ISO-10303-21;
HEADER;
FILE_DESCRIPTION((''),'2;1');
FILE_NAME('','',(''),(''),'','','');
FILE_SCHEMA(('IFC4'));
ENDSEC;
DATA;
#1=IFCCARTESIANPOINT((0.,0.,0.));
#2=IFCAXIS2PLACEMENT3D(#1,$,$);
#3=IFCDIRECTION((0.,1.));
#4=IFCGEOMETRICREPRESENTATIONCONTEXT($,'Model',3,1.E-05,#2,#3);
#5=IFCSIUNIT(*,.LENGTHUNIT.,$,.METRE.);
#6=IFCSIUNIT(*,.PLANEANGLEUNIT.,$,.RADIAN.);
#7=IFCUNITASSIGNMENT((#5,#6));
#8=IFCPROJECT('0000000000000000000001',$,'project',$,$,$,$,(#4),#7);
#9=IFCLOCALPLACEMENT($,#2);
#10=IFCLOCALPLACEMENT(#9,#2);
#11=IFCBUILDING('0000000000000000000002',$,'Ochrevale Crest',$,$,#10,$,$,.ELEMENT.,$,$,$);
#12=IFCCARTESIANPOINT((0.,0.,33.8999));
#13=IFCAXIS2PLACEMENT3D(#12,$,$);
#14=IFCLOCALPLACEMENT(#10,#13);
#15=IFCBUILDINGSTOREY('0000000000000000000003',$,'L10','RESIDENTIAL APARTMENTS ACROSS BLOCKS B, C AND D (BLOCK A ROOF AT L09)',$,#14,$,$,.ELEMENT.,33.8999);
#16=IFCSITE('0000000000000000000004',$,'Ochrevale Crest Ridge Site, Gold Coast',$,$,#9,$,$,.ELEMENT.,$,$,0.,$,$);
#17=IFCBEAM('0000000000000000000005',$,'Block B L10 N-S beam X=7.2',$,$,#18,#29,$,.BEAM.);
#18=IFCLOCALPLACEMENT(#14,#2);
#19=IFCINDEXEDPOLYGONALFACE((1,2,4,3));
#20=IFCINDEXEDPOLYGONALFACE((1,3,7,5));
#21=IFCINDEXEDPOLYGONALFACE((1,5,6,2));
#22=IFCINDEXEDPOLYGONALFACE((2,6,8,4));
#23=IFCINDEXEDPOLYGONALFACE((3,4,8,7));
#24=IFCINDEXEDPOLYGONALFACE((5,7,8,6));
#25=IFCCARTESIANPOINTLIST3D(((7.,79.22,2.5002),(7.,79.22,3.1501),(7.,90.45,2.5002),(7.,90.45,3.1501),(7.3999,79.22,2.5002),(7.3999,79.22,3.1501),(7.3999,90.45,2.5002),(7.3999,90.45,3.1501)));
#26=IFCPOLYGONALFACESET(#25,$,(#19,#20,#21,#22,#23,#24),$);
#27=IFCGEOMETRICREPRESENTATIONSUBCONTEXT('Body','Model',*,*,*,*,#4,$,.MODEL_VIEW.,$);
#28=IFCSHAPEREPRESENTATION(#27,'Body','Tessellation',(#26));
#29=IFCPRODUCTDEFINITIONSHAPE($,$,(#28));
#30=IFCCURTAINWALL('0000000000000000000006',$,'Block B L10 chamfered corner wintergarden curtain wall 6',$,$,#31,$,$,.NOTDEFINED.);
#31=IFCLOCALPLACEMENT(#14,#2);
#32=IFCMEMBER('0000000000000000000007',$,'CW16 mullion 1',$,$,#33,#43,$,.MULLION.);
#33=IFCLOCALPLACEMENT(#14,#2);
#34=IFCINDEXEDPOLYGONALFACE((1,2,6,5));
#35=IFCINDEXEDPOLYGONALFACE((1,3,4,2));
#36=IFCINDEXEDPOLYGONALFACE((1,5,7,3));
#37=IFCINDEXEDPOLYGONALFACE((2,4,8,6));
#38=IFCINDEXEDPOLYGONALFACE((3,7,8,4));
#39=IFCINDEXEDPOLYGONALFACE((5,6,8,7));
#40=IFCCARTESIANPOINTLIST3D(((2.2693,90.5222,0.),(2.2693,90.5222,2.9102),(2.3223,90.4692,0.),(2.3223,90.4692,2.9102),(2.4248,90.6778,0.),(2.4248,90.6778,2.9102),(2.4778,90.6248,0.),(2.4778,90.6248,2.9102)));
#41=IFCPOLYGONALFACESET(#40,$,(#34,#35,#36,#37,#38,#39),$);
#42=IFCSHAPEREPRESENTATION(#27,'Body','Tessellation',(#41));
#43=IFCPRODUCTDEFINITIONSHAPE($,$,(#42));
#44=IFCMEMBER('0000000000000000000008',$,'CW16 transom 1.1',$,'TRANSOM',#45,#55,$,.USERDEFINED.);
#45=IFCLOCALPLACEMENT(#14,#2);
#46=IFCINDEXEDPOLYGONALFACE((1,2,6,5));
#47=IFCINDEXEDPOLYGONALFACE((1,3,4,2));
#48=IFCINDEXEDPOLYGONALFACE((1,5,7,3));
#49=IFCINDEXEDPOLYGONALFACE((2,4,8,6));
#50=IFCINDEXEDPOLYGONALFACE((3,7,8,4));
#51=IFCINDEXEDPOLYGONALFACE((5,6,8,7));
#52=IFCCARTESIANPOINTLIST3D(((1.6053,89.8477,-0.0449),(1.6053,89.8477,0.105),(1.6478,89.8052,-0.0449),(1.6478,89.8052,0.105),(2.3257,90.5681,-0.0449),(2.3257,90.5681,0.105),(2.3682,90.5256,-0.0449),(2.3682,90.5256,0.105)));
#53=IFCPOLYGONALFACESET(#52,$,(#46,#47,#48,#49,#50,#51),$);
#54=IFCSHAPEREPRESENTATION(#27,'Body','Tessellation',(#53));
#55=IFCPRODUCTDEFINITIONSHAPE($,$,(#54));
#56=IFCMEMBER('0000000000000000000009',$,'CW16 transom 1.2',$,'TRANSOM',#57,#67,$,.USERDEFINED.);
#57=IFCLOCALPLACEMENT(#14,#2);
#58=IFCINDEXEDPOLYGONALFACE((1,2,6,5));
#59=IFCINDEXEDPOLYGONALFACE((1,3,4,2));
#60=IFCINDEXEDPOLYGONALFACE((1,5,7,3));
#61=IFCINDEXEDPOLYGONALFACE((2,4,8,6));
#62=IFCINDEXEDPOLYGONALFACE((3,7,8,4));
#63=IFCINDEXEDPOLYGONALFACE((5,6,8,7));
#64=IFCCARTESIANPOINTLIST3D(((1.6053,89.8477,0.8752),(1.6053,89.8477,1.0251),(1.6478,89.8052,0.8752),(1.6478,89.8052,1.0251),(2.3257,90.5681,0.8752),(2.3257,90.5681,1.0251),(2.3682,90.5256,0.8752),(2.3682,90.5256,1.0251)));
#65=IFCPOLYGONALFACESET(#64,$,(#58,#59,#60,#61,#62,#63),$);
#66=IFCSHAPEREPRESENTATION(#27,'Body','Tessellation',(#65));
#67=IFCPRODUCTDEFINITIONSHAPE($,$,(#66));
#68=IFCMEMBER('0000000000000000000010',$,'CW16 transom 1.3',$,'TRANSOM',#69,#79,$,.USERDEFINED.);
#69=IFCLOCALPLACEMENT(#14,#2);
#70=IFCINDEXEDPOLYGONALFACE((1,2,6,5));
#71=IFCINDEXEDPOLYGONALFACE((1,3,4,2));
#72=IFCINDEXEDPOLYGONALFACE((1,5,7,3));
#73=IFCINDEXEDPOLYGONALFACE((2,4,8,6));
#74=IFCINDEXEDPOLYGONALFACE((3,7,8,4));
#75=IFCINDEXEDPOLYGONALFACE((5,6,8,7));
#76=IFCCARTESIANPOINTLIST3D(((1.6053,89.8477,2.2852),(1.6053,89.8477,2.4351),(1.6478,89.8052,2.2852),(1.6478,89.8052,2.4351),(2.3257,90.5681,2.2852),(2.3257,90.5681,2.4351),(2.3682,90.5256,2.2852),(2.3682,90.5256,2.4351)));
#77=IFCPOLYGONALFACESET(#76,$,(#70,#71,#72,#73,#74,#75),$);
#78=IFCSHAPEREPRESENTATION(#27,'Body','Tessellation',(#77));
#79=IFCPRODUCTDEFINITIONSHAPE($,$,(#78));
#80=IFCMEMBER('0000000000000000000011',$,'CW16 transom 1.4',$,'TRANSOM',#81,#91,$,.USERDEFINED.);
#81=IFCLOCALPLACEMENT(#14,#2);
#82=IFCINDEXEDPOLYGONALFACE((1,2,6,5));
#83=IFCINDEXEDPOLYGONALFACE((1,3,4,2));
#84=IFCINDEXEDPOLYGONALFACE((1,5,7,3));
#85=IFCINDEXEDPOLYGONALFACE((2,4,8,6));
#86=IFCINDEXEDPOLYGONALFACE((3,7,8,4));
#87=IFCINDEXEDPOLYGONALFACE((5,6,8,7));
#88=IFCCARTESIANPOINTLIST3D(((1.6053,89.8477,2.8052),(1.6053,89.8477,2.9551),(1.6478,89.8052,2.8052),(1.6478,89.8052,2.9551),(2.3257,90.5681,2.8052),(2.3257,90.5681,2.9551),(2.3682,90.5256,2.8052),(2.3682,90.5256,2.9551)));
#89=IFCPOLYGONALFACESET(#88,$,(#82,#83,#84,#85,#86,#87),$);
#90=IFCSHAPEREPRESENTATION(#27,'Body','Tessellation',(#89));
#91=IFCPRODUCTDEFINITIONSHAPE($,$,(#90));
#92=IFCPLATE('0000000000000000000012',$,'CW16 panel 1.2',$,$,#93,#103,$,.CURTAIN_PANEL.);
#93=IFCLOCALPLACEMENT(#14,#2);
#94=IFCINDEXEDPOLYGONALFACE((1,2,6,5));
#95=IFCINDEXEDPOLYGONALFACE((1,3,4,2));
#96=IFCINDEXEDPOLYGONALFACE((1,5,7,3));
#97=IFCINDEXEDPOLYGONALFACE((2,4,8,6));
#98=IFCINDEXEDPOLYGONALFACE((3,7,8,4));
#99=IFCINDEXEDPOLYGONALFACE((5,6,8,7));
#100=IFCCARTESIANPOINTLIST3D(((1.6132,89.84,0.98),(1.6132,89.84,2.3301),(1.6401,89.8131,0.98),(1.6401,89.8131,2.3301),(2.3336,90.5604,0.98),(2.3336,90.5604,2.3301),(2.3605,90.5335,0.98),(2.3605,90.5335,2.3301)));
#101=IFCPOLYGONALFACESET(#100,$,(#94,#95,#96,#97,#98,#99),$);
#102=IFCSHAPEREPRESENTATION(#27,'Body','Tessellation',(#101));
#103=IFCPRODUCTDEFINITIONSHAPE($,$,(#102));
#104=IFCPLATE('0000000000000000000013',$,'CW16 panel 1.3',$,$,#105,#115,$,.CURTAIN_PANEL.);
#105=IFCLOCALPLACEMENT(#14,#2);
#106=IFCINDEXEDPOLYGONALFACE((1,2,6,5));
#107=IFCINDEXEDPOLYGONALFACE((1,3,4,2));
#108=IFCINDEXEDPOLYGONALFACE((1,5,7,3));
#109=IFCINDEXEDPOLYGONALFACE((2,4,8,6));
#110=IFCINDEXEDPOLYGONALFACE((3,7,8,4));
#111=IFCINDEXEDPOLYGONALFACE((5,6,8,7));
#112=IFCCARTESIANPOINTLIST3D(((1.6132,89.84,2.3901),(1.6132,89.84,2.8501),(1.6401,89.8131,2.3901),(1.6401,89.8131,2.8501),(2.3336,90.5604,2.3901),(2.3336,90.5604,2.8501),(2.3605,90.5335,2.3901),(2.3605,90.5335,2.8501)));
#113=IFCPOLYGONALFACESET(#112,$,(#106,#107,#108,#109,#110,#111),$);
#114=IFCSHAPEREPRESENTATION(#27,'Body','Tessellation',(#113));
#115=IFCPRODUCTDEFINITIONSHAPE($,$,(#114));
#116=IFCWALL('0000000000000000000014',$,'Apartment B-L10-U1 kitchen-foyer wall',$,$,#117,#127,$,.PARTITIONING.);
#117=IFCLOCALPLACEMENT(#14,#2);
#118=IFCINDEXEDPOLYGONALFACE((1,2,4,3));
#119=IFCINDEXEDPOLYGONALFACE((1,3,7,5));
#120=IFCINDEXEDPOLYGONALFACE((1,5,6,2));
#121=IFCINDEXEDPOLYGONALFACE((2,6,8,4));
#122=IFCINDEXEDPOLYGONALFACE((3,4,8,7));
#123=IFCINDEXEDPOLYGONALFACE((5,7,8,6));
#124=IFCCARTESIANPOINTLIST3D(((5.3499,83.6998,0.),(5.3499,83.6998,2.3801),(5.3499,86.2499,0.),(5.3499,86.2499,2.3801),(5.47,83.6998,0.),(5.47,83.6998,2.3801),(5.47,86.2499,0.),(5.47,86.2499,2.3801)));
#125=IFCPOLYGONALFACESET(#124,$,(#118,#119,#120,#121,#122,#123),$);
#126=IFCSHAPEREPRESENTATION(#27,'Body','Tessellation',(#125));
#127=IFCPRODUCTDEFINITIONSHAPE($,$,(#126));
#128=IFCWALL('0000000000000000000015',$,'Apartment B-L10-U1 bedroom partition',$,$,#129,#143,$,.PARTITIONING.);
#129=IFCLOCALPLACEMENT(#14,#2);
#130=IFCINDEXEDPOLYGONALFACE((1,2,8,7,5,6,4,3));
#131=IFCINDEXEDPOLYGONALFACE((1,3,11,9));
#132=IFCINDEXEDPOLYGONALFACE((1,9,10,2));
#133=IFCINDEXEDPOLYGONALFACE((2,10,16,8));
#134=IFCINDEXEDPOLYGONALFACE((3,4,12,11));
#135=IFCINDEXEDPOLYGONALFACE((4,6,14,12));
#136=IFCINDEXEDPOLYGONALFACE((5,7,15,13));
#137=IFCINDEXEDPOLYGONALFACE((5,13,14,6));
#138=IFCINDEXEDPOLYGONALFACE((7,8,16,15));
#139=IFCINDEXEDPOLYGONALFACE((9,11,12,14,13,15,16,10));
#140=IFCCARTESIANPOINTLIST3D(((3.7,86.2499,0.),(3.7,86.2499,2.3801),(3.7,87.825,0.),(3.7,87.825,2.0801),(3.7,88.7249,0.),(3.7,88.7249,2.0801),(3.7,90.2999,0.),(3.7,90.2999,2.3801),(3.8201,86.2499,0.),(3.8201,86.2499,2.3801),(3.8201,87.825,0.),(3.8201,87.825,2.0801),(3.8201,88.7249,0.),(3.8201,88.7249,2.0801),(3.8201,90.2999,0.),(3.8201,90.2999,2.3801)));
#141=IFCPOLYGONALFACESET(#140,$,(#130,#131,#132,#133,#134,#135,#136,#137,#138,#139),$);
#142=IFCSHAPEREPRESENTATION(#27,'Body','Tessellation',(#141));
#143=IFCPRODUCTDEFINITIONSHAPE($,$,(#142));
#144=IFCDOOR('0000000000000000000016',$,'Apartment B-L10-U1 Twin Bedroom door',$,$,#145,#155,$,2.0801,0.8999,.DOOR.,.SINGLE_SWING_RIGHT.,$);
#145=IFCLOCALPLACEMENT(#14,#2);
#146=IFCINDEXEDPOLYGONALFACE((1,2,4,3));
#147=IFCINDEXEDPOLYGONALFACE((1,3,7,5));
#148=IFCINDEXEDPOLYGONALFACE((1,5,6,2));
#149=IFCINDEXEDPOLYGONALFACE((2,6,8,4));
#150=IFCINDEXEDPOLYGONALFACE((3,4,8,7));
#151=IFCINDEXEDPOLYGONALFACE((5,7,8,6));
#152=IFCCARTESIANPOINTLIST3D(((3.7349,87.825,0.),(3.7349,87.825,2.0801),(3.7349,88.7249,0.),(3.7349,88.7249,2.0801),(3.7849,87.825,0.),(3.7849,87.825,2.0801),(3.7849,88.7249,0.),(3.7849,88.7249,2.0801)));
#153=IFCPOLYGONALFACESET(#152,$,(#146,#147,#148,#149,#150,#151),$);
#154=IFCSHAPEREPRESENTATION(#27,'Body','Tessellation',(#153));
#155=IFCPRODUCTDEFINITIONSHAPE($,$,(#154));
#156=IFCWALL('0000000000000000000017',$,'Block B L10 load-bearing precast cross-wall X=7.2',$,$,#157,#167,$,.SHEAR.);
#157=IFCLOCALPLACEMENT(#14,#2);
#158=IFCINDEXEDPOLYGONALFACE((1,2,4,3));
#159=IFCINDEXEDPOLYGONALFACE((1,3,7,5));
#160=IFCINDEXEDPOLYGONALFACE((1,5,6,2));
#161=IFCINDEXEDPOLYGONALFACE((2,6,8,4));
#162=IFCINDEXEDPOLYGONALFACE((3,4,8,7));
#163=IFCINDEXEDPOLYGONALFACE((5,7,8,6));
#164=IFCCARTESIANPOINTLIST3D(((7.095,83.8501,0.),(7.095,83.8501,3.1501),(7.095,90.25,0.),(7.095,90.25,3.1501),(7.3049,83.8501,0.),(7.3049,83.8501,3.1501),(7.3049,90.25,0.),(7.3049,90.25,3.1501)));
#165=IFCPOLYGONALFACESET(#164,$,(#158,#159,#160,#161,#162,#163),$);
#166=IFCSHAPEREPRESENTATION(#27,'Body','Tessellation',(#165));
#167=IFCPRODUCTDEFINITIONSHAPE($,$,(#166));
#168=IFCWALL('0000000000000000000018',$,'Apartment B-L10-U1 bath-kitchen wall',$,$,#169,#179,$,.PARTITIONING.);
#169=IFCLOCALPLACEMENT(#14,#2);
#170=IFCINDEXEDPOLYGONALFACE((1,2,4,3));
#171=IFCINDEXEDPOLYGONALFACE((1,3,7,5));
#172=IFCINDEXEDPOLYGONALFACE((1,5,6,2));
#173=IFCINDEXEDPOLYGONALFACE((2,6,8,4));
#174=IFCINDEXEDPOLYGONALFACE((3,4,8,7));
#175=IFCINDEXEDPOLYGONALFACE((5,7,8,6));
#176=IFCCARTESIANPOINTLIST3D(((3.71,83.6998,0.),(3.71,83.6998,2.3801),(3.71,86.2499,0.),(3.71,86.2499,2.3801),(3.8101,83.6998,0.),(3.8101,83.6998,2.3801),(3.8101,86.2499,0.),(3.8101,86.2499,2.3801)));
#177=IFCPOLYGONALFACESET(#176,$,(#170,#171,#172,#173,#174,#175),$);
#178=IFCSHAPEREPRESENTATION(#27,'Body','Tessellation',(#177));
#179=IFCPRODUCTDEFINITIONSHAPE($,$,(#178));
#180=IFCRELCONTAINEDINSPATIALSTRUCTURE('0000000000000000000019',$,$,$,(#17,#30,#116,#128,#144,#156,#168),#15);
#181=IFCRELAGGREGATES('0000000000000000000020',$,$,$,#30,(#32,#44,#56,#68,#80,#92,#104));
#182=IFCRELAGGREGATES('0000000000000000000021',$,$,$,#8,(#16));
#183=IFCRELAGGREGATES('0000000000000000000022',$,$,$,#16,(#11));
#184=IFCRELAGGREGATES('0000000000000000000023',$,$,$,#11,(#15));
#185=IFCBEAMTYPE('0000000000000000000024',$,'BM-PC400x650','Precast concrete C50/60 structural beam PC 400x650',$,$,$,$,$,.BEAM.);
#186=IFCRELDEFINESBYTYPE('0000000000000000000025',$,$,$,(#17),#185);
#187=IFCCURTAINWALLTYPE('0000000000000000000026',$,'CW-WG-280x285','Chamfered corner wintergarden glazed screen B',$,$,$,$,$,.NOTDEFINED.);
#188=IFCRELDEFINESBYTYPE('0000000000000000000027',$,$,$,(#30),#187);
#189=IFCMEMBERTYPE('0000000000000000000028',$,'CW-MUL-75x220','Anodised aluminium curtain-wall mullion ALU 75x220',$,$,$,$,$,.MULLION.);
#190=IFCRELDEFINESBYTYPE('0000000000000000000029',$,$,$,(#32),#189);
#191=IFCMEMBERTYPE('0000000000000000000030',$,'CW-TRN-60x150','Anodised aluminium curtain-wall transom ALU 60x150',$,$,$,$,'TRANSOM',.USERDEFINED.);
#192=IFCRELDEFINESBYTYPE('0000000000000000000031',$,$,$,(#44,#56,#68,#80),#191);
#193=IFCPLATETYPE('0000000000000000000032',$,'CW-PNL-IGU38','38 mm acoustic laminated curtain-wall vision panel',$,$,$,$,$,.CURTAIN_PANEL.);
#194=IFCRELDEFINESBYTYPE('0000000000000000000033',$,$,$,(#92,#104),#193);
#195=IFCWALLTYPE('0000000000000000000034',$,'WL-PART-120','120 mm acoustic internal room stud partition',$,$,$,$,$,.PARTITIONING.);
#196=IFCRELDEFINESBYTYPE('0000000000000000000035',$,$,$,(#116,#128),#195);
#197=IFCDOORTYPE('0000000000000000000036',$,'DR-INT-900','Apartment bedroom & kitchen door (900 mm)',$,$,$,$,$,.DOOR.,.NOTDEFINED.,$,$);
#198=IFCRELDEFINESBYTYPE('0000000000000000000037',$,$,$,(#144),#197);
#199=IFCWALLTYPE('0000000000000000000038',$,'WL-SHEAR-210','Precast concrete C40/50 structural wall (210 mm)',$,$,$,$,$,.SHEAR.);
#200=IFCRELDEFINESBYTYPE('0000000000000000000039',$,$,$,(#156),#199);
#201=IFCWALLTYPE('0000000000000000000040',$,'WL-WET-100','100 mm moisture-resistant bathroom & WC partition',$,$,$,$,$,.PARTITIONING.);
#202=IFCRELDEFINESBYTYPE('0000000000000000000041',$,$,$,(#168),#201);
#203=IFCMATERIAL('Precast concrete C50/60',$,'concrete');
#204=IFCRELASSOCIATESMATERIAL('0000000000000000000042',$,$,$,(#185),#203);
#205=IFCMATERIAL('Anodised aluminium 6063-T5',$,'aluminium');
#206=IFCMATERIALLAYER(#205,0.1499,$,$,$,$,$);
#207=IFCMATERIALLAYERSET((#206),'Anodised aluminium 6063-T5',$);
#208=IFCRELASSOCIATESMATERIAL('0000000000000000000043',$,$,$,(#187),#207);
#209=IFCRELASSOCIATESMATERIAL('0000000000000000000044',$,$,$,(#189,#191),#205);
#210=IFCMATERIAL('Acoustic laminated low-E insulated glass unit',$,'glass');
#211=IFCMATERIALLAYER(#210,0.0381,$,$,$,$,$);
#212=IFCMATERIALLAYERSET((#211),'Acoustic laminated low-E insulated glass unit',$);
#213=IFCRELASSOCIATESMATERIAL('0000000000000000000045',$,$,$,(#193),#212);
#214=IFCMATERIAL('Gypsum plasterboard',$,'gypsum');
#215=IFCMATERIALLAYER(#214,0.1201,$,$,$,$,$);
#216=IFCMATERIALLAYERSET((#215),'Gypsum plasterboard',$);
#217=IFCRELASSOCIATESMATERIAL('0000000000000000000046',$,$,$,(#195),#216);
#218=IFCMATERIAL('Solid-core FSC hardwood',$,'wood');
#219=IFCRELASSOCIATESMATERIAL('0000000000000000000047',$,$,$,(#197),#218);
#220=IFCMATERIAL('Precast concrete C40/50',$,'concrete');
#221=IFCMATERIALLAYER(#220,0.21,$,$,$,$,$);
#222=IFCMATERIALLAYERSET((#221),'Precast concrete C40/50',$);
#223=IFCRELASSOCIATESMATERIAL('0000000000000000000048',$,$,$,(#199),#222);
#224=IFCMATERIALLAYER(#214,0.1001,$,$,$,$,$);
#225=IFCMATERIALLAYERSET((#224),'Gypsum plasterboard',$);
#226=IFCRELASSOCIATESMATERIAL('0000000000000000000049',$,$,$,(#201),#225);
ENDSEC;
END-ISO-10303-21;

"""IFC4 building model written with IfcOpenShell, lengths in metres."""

from ifc_helpers import new_model, si_unit, direction, frame, frame_2d, origin, origin_2d, place, context, subcontext, project, spatial, rectangle, extrude, material, layer, layer_set, material_profile, profile_set, type_object, element, fill, aggregate, save


model = new_model("IFC4")

# Units and contexts
model_context = context("Model", 3, precision=1e-05, world=origin(), true_north=direction((0.0, 1.0)))
body_context = subcontext(model_context, "Body", "Model", "MODEL_VIEW")
ifc_project = project(units=[si_unit("LENGTHUNIT", "METRE"), si_unit("PLANEANGLEUNIT", "RADIAN")], contexts=[model_context])

# Site, building, storey
site_placement = place(None, origin())
site = spatial("IfcSite", under=ifc_project, at=site_placement, Name="Ochrevale Crest Ridge Site, Gold Coast", CompositionType="ELEMENT", RefElevation=0.0)
building_placement = place(site_placement, origin())
building = spatial("IfcBuilding", under=site, at=building_placement, Name="Ochrevale Crest", CompositionType="ELEMENT")
storey_placement = place(building_placement, frame((0.0, 0.0, 33.8999)))
storey = spatial("IfcBuildingStorey", under=building, at=storey_placement, Name="L10", Description="RESIDENTIAL APARTMENTS ACROSS BLOCKS B, C AND D (BLOCK A ROOF AT L09)", CompositionType="ELEMENT", Elevation=33.8999)

# Beam
ifc_material_1 = material(Name="Precast concrete C50/60", Category="concrete")
ifc_material_profile_1 = material_profile(ifc_material_1, rectangle(XDim=0.3999, YDim=0.6499, at=origin_2d()), Name="PC 400x650")
ifc_profile_set_1 = profile_set([ifc_material_profile_1], Name="Precast concrete C50/60")
beam_type = type_object("IfcBeamType", Name="BM-PC400x650", Description="Precast concrete C50/60 structural beam PC 400x650", PredefinedType="BEAM", material=ifc_profile_set_1)
beam_placement = place(storey_placement, frame((7.2, 79.22, 2.8252), z_axis=(0.0, 1.0, 0.0), x_axis=(-1.0, 0.0, 0.0)))
element("IfcBeam", 1, at=beam_placement, inside=storey, type_object=beam_type, Name="Block B L10 N-S beam X=7.2", PredefinedType="BEAM", context=body_context, shape_type="SweptSolid", body=[
    extrude(rectangle(XDim=0.3999, YDim=0.6499, at=origin_2d()), origin(), (0.0, 0.0, 1.0), 11.23),
])

# Curtain wall, members, plates
ifc_material_2 = material(Name="Anodised aluminium 6063-T5", Category="aluminium")
ifc_layer_1 = layer(ifc_material_2, 0.1499)
ifc_layer_set_1 = layer_set([ifc_layer_1], Name="Anodised aluminium 6063-T5")
curtain_wall_type = type_object("IfcCurtainWallType", Name="CW-WG-280x285", Description="Chamfered corner wintergarden glazed screen B", PredefinedType="NOTDEFINED", material=ifc_layer_set_1)
curtain_wall_placement = place(storey_placement, origin())
curtain_wall = element("IfcCurtainWall", 2, at=curtain_wall_placement, inside=storey, type_object=curtain_wall_type, Name="Block B L10 chamfered corner wintergarden curtain wall 6", PredefinedType="NOTDEFINED")
ifc_material_profile_2 = material_profile(ifc_material_2, rectangle(XDim=0.075, YDim=0.22, at=origin_2d()), Name="ALU 75x220")
ifc_profile_set_2 = profile_set([ifc_material_profile_2], Name="Anodised aluminium 6063-T5")
member_type_1 = type_object("IfcMemberType", Name="CW-MUL-75x220", Description="Anodised aluminium curtain-wall mullion ALU 75x220", PredefinedType="MULLION", material=ifc_profile_set_2)
member_1_placement = place(storey_placement, frame((2.3735, 90.5735, 0.0), z_axis=(0.0, 0.0, 1.0), x_axis=(0.707107, -0.707107, 0.0)))
member_1 = element("IfcMember", 3, at=member_1_placement, type_object=member_type_1, Name="CW16 mullion 1", PredefinedType="MULLION", context=body_context, shape_type="SweptSolid", body=[
    extrude(rectangle(XDim=0.075, YDim=0.22, at=origin_2d()), origin(), (0.0, 0.0, 1.0), 2.9102),
])
ifc_material_profile_3 = material_profile(ifc_material_2, rectangle(XDim=0.0601, YDim=0.1499, at=origin_2d()), Name="ALU 60x150")
ifc_profile_set_3 = profile_set([ifc_material_profile_3], Name="Anodised aluminium 6063-T5")
member_type_2 = type_object("IfcMemberType", Name="CW-TRN-60x150", Description="Anodised aluminium curtain-wall transom ALU 60x150", ElementType="TRANSOM", PredefinedType="USERDEFINED", material=ifc_profile_set_3)
member_2_placement = place(storey_placement, frame((2.3469, 90.5469, 0.03), z_axis=(-0.707107, -0.707107, 0.0), x_axis=(0.707107, -0.707107, 0.0)))
member_2 = element("IfcMember", 4, at=member_2_placement, type_object=member_type_2, Name="CW16 transom 1.1", ObjectType="TRANSOM", PredefinedType="USERDEFINED", context=body_context, shape_type="SweptSolid", body=[
    extrude(rectangle(XDim=0.0601, YDim=0.1499, at=origin_2d()), origin(), (0.0, 0.0, 1.0), 1.0188),
])
member_3_placement = place(storey_placement, frame((2.3469, 90.5469, 0.9502), z_axis=(-0.707107, -0.707107, 0.0), x_axis=(0.707107, -0.707107, 0.0)))
member_3 = element("IfcMember", 5, at=member_3_placement, type_object=member_type_2, Name="CW16 transom 1.2", ObjectType="TRANSOM", PredefinedType="USERDEFINED", context=body_context, shape_type="SweptSolid", body=[
    extrude(rectangle(XDim=0.0601, YDim=0.1499, at=origin_2d()), origin(), (0.0, 0.0, 1.0), 1.0188),
])
member_4_placement = place(storey_placement, frame((2.3469, 90.5469, 2.3601), z_axis=(-0.707107, -0.707107, 0.0), x_axis=(0.707107, -0.707107, 0.0)))
member_4 = element("IfcMember", 6, at=member_4_placement, type_object=member_type_2, Name="CW16 transom 1.3", ObjectType="TRANSOM", PredefinedType="USERDEFINED", context=body_context, shape_type="SweptSolid", body=[
    extrude(rectangle(XDim=0.0601, YDim=0.1499, at=origin_2d()), origin(), (0.0, 0.0, 1.0), 1.0188),
])
member_5_placement = place(storey_placement, frame((2.3469, 90.5469, 2.8801), z_axis=(-0.707107, -0.707107, 0.0), x_axis=(0.707107, -0.707107, 0.0)))
member_5 = element("IfcMember", 7, at=member_5_placement, type_object=member_type_2, Name="CW16 transom 1.4", ObjectType="TRANSOM", PredefinedType="USERDEFINED", context=body_context, shape_type="SweptSolid", body=[
    extrude(rectangle(XDim=0.0601, YDim=0.1499, at=origin_2d()), origin(), (0.0, 0.0, 1.0), 1.0188),
])
ifc_material_3 = material(Name="Acoustic laminated low-E insulated glass unit", Category="glass")
ifc_layer_2 = layer(ifc_material_3, 0.0381)
ifc_layer_set_2 = layer_set([ifc_layer_2], Name="Acoustic laminated low-E insulated glass unit")
plate_type = type_object("IfcPlateType", Name="CW-PNL-IGU38", Description="38 mm acoustic laminated curtain-wall vision panel", PredefinedType="CURTAIN_PANEL", material=ifc_layer_set_2)
plate_1_placement = place(storey_placement, frame((1.9868, 90.1868, 0.98), z_axis=(0.0, 0.0, 1.0), x_axis=(-0.707107, -0.707107, 0.0)))
plate_1 = element("IfcPlate", 8, at=plate_1_placement, type_object=plate_type, Name="CW16 panel 1.2", PredefinedType="CURTAIN_PANEL", context=body_context, shape_type="SweptSolid", body=[
    extrude(rectangle(XDim=1.0188, YDim=0.0381, at=origin_2d()), origin(), (0.0, 0.0, 1.0), 1.3501),
])
plate_2_placement = place(storey_placement, frame((1.9868, 90.1868, 2.3901), z_axis=(0.0, 0.0, 1.0), x_axis=(-0.707107, -0.707107, 0.0)))
plate_2 = element("IfcPlate", 9, at=plate_2_placement, type_object=plate_type, Name="CW16 panel 1.3", PredefinedType="CURTAIN_PANEL", context=body_context, shape_type="SweptSolid", body=[
    extrude(rectangle(XDim=1.0188, YDim=0.0381, at=origin_2d()), origin(), (0.0, 0.0, 1.0), 0.46),
])
aggregate(curtain_wall, [member_1, member_2, member_3, member_4, member_5, plate_1, plate_2])

# Wall
ifc_material_4 = material(Name="Gypsum plasterboard", Category="gypsum")
ifc_layer_3 = layer(ifc_material_4, 0.1201)
ifc_layer_set_3 = layer_set([ifc_layer_3], Name="Gypsum plasterboard")
wall_type_1 = type_object("IfcWallType", Name="WL-PART-120", Description="120 mm acoustic internal room stud partition", PredefinedType="PARTITIONING", material=ifc_layer_set_3)
wall_1_placement = place(storey_placement, frame((5.4099, 83.7, 0.0), z_axis=(0.0, 0.0, 1.0), x_axis=(0.0, 1.0, 0.0)))
element("IfcWall", 10, at=wall_1_placement, inside=storey, type_object=wall_type_1, Name="Apartment B-L10-U1 kitchen-foyer wall", PredefinedType="PARTITIONING", context=body_context, shape_type="SweptSolid", body=[
    extrude(rectangle(XDim=2.55, YDim=0.1201, at=frame_2d((1.2749, 0.0))), origin(), (0.0, 0.0, 1.0), 2.3801),
])

# Wall, opening, door
wall_2_placement = place(storey_placement, frame((3.76, 86.25, 0.0), z_axis=(0.0, 0.0, 1.0), x_axis=(0.0, 1.0, 0.0)))
wall_2 = element("IfcWall", 11, at=wall_2_placement, inside=storey, type_object=wall_type_1, Name="Apartment B-L10-U1 bedroom partition", PredefinedType="PARTITIONING", context=body_context, shape_type="SweptSolid", body=[
    extrude(rectangle(XDim=4.05, YDim=0.1201, at=frame_2d((2.0249, 0.0))), origin(), (0.0, 0.0, 1.0), 2.3801),
])
opening_placement = place(wall_2_placement, frame((2.4749, 0.0, 0.0), z_axis=(0.0, 0.0, 1.0), x_axis=(-1.0, 0.0, 0.0)))
opening = element("IfcOpeningElement", 12, at=opening_placement, cuts=wall_2, PredefinedType="OPENING", context=body_context, shape_type="SweptSolid", body=[
    extrude(rectangle(XDim=0.8999, YDim=2.0801, at=frame_2d((0.45, 1.04))), frame((0.0, 0.0701, 0.0), z_axis=(0.0, -1.0, 0.0), x_axis=(1.0, 0.0, 0.0)), (0.0, 0.0, 1.0), 0.1401),
])
ifc_material_5 = material(Name="Solid-core FSC hardwood", Category="wood")
door_type = type_object("IfcDoorType", Name="DR-INT-900", Description="Apartment bedroom & kitchen door (900 mm)", OperationType="NOTDEFINED", PredefinedType="DOOR", material=ifc_material_5)
door_placement = place(opening_placement, origin())
door = element("IfcDoor", 13, at=door_placement, inside=storey, type_object=door_type, Name="Apartment B-L10-U1 Twin Bedroom door", OperationType="SINGLE_SWING_RIGHT", OverallHeight=2.0801, OverallWidth=0.8999, PredefinedType="DOOR", context=body_context, shape_type="SweptSolid", body=[
    extrude(rectangle(XDim=0.8999, YDim=2.0801, at=frame_2d((0.45, 1.04))), frame((0.0, 0.0249, 0.0), z_axis=(0.0, -1.0, 0.0), x_axis=(1.0, 0.0, 0.0)), (0.0, 0.0, 1.0), 0.05),
])
fill(opening, door)

# Walls
ifc_material_6 = material(Name="Precast concrete C40/50", Category="concrete")
ifc_layer_4 = layer(ifc_material_6, 0.21)
ifc_layer_set_4 = layer_set([ifc_layer_4], Name="Precast concrete C40/50")
wall_type_2 = type_object("IfcWallType", Name="WL-SHEAR-210", Description="Precast concrete C40/50 structural wall (210 mm)", PredefinedType="SHEAR", material=ifc_layer_set_4)
wall_3_placement = place(storey_placement, frame((7.2, 83.8501, 0.0), z_axis=(0.0, 0.0, 1.0), x_axis=(0.0, 1.0, 0.0)))
element("IfcWall", 14, at=wall_3_placement, inside=storey, type_object=wall_type_2, Name="Block B L10 load-bearing precast cross-wall X=7.2", PredefinedType="SHEAR", context=body_context, shape_type="SweptSolid", body=[
    extrude(rectangle(XDim=6.3999, YDim=0.21, at=frame_2d((3.2, 0.0))), origin(), (0.0, 0.0, 1.0), 3.1501),
])
ifc_layer_5 = layer(ifc_material_4, 0.1001)
ifc_layer_set_5 = layer_set([ifc_layer_5], Name="Gypsum plasterboard")
wall_type_3 = type_object("IfcWallType", Name="WL-WET-100", Description="100 mm moisture-resistant bathroom & WC partition", PredefinedType="PARTITIONING", material=ifc_layer_set_5)
wall_4_placement = place(storey_placement, frame((3.76, 83.7, 0.0), z_axis=(0.0, 0.0, 1.0), x_axis=(0.0, 1.0, 0.0)))
element("IfcWall", 15, at=wall_4_placement, inside=storey, type_object=wall_type_3, Name="Apartment B-L10-U1 bath-kitchen wall", PredefinedType="PARTITIONING", context=body_context, shape_type="SweptSolid", body=[
    extrude(rectangle(XDim=2.55, YDim=0.1001, at=frame_2d((1.2749, 0.0))), origin(), (0.0, 0.0, 1.0), 2.3801),
])

save(model, "model.ifc")
